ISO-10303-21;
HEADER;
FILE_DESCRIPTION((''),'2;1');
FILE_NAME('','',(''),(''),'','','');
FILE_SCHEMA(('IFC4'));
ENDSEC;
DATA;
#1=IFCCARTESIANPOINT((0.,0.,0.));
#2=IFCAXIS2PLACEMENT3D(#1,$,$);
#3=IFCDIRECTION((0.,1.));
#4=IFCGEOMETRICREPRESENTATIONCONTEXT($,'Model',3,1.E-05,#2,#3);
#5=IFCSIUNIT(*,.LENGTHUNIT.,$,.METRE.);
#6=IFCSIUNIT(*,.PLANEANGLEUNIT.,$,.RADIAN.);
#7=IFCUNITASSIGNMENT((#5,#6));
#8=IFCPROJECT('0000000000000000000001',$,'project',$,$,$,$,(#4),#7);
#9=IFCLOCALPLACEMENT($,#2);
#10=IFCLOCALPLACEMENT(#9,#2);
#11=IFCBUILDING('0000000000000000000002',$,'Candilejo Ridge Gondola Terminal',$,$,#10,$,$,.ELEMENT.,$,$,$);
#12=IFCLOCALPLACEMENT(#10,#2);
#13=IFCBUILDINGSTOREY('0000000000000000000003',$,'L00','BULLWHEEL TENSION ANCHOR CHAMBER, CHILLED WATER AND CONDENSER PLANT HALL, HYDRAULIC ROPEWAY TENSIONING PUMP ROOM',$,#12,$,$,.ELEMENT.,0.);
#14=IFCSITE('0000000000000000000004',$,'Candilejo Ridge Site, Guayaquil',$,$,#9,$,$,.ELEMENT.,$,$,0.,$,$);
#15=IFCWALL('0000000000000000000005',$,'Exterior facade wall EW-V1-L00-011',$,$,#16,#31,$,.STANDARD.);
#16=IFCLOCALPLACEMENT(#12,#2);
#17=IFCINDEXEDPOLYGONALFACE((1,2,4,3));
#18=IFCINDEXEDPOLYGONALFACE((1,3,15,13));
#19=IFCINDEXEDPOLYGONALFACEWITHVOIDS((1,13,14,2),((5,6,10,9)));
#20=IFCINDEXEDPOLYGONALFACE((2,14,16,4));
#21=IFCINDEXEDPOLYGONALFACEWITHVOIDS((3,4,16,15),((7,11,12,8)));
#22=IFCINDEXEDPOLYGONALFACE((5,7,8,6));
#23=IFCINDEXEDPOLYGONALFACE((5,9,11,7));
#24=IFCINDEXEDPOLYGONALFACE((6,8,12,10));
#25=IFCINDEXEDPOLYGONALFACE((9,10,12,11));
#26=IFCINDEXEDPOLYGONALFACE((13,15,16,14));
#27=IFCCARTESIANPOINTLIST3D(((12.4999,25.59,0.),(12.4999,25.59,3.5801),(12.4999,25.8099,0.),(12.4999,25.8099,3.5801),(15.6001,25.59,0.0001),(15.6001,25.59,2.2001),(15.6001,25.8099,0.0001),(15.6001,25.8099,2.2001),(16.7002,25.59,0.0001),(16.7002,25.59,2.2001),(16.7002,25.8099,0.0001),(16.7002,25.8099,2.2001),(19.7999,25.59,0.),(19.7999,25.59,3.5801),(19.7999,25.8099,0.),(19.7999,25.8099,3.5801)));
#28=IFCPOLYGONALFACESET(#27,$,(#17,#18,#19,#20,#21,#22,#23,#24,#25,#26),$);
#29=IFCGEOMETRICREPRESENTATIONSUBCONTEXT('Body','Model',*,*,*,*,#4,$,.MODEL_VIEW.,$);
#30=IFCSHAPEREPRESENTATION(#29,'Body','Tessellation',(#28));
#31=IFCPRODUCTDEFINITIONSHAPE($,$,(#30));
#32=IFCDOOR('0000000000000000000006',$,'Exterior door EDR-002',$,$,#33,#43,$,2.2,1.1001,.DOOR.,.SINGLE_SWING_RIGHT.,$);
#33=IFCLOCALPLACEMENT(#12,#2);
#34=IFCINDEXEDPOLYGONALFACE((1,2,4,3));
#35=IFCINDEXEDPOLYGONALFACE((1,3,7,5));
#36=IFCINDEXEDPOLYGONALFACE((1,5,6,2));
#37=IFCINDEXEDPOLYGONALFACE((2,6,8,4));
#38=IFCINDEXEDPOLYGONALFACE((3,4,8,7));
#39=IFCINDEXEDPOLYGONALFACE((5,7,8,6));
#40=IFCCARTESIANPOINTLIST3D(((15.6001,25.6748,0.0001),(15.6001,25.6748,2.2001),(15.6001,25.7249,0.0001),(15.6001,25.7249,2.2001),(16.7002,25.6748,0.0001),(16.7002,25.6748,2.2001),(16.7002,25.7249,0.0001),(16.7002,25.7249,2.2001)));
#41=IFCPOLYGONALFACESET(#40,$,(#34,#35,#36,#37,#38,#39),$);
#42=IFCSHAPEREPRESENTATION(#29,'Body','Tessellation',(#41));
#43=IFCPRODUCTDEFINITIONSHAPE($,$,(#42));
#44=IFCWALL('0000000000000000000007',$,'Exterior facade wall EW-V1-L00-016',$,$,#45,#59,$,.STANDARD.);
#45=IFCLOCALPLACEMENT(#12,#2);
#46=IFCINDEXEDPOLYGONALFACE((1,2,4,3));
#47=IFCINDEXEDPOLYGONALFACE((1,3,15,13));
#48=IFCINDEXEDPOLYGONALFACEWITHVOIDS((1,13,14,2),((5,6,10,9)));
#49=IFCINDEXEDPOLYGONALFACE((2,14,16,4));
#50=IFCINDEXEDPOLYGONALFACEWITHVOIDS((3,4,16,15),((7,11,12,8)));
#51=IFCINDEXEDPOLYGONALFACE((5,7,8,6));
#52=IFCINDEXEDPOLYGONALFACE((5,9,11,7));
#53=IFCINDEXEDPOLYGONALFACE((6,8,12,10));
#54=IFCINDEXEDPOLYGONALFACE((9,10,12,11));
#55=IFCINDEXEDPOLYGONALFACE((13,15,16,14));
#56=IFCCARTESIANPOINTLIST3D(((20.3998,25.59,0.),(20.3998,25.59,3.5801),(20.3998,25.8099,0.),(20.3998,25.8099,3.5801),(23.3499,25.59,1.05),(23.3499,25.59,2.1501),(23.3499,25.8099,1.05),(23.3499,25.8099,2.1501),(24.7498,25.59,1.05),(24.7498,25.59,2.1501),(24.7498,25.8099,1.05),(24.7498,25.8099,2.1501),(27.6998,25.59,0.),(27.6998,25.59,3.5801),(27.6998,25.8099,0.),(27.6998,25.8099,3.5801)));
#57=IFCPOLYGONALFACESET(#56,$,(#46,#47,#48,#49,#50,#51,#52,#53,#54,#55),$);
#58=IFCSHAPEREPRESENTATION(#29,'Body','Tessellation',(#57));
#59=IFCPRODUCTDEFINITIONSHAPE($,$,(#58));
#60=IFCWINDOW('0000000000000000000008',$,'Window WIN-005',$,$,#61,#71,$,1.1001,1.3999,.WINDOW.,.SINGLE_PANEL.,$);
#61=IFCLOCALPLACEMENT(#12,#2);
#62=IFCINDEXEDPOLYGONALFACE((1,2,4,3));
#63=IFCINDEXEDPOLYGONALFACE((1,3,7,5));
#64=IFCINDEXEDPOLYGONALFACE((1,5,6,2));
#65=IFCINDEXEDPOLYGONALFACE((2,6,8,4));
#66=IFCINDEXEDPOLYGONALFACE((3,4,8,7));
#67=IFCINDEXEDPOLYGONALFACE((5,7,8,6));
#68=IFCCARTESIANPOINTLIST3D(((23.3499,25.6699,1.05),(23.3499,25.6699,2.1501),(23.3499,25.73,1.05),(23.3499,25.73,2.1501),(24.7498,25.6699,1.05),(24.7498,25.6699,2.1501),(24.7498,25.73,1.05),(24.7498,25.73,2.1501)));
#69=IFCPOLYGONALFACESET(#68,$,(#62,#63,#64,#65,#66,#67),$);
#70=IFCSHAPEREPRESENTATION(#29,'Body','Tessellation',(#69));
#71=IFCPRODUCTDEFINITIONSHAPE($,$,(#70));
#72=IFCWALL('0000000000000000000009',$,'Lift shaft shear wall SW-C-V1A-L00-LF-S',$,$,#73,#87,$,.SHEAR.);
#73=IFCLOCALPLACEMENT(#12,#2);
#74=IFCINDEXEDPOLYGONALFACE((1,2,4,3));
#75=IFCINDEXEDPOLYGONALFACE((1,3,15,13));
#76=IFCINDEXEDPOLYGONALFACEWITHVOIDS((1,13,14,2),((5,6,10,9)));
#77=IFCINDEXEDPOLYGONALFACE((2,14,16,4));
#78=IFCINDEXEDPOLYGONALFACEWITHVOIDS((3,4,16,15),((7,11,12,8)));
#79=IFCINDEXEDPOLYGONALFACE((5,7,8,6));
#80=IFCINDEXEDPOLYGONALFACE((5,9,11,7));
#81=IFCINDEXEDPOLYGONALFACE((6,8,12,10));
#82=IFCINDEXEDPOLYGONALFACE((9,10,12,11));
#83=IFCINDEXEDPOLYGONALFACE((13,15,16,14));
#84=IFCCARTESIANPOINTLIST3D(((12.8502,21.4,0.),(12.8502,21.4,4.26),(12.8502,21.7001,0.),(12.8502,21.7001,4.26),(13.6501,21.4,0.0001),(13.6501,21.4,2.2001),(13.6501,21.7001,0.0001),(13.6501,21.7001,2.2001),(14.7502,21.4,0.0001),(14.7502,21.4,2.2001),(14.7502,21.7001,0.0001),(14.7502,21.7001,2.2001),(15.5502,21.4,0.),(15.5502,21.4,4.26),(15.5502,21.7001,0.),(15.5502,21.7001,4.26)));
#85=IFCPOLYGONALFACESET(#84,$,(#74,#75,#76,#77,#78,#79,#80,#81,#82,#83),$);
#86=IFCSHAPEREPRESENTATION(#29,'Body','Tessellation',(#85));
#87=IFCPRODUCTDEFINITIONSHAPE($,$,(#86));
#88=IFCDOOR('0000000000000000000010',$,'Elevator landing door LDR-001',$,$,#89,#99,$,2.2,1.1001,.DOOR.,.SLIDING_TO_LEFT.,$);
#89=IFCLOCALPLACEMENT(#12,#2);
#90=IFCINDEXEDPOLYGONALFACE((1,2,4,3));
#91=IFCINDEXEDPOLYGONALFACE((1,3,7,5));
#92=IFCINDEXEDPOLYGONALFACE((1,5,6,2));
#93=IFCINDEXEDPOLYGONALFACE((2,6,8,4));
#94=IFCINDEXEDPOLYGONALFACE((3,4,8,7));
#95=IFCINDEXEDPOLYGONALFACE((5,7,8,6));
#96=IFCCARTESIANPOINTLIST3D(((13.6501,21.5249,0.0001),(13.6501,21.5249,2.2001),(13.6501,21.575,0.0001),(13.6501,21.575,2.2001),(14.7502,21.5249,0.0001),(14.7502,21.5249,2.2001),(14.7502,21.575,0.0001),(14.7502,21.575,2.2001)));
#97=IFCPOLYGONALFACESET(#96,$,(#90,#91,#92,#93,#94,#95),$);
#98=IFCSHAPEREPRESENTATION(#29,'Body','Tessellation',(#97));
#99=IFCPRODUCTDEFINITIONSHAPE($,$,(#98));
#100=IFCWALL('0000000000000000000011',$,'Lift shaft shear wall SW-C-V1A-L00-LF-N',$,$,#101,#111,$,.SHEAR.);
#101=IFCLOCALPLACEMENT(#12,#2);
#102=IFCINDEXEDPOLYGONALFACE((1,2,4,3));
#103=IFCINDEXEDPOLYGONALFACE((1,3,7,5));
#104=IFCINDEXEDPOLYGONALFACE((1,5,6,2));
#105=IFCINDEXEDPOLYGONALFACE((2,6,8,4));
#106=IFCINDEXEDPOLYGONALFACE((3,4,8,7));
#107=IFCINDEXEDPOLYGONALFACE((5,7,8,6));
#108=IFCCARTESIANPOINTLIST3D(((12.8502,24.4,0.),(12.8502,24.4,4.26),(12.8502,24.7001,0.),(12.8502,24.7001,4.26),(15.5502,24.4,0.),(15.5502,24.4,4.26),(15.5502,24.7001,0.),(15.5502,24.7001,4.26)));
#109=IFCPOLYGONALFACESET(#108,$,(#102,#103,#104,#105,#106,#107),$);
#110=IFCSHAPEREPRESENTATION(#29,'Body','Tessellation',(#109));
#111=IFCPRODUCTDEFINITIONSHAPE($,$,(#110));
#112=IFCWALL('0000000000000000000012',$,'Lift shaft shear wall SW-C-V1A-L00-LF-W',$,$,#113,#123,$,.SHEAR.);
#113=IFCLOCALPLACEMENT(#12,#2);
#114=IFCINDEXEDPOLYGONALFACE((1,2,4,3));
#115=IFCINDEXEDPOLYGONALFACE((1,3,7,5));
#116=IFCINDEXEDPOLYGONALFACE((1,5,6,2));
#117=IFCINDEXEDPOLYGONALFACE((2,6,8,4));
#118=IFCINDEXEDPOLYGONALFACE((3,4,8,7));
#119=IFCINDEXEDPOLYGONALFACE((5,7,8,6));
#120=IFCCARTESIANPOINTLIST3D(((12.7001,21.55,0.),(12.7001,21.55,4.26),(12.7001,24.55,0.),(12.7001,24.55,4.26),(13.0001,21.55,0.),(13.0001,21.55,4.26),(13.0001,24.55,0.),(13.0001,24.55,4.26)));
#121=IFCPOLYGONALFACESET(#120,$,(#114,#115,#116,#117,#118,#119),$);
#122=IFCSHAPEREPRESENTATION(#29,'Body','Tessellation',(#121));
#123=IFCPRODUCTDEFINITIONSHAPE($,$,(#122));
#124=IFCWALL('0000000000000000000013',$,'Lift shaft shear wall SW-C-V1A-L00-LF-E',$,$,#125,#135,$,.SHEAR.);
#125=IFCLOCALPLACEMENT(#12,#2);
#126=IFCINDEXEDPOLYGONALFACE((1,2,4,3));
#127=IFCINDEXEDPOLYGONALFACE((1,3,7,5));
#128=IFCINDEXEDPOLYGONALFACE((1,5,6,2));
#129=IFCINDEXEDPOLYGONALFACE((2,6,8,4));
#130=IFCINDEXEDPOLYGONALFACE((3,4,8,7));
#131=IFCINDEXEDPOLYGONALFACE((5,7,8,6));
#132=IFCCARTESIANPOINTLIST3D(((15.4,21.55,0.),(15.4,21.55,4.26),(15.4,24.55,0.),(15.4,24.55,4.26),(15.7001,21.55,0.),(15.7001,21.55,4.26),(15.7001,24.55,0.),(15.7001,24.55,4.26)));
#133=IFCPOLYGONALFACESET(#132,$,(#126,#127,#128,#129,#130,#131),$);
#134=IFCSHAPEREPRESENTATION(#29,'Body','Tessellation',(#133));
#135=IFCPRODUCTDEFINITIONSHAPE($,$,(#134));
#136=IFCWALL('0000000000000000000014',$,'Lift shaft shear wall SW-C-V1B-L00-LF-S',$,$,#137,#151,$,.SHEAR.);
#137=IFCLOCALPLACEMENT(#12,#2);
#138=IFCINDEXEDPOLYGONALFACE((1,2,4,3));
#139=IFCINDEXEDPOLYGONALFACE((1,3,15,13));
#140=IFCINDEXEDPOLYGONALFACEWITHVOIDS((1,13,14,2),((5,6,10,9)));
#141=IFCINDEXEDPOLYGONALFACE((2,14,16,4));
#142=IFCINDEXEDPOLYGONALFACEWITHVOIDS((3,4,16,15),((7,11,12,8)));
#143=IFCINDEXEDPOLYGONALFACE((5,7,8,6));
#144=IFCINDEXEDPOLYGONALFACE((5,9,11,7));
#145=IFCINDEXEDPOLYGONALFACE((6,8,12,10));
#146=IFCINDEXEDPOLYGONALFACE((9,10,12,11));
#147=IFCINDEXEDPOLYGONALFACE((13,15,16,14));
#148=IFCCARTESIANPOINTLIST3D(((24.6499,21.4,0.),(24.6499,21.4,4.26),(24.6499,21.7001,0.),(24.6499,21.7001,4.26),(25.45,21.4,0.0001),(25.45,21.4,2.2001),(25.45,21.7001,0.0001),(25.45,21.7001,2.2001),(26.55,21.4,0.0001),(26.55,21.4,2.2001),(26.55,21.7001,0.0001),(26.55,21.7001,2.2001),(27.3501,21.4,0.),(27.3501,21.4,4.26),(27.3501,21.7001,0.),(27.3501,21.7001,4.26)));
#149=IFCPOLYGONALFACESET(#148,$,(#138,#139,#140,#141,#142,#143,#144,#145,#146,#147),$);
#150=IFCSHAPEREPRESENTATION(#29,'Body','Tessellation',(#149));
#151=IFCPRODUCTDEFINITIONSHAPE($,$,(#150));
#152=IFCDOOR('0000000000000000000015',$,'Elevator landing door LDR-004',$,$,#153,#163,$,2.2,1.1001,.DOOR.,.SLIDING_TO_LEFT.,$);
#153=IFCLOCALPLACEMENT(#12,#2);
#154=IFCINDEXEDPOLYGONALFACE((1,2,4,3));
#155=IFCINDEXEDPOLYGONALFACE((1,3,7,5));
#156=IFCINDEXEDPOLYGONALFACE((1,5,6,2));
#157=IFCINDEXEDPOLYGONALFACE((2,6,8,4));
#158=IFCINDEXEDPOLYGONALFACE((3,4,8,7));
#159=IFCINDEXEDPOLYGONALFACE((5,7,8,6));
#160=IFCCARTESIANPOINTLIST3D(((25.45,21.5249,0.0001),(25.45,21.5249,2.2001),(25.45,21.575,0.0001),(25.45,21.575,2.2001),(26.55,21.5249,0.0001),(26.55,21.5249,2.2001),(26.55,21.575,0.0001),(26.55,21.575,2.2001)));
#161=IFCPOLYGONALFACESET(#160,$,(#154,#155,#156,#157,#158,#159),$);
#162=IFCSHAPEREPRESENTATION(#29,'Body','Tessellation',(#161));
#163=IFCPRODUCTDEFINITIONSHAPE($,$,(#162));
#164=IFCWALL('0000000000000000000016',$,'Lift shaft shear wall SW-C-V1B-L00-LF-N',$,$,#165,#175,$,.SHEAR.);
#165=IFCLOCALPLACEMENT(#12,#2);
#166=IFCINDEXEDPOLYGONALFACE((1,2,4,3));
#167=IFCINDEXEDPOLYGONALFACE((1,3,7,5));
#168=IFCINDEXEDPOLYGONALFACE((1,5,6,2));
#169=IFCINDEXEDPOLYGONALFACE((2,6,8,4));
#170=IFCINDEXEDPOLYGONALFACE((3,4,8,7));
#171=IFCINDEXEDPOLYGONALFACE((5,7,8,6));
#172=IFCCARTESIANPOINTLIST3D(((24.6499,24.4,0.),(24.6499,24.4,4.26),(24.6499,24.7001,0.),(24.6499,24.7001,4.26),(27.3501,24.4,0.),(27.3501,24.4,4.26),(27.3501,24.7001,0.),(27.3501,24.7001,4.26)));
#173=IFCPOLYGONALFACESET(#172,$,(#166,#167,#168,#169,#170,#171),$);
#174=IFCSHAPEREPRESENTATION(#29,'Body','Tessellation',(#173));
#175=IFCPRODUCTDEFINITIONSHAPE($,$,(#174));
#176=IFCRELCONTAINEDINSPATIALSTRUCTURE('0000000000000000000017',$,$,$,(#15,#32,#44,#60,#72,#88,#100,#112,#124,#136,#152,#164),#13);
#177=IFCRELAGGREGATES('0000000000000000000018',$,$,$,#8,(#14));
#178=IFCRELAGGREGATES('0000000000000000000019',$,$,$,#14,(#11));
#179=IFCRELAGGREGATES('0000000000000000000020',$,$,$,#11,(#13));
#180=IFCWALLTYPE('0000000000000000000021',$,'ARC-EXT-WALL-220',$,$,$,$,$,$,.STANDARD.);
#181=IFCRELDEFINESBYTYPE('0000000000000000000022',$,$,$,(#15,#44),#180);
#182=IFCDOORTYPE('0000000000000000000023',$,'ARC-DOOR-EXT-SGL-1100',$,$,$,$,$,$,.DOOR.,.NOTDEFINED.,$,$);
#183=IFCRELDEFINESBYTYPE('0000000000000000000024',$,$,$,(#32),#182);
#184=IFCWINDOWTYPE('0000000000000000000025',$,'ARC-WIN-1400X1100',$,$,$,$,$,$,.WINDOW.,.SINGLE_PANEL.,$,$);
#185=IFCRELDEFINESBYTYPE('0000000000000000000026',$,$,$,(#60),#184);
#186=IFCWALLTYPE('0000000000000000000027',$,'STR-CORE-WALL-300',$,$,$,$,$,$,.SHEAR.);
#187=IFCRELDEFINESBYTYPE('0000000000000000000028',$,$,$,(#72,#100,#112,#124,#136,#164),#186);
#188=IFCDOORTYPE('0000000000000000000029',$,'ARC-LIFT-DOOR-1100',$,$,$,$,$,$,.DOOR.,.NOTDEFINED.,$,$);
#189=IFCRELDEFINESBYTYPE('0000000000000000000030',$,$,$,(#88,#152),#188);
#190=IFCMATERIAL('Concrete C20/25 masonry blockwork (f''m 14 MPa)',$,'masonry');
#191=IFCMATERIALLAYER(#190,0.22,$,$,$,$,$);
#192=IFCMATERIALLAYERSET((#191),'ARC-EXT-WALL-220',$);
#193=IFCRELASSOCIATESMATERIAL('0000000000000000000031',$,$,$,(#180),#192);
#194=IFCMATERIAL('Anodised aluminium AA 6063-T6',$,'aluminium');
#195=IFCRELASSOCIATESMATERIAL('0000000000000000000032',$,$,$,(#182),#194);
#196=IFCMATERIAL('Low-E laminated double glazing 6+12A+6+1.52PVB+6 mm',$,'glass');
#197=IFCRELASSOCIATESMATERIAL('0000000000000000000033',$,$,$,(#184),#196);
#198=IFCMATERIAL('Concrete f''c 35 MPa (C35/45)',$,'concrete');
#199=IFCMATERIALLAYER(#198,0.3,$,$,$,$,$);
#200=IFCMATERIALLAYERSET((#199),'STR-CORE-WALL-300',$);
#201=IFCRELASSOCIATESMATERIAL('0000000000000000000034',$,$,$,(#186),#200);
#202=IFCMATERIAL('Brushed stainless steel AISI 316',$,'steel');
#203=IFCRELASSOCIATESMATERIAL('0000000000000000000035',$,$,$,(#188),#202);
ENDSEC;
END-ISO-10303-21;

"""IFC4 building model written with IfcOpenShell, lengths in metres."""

from ifc_helpers import new_model, si_unit, direction, frame, frame_2d, origin, place, context, subcontext, project, spatial, rectangle, extrude, material, layer, layer_set, type_object, element, fill, save


model = new_model("IFC4")

# Units and contexts
model_context = context("Model", 3, precision=1e-05, world=origin(), true_north=direction((0.0, 1.0)))
body_context = subcontext(model_context, "Body", "Model", "MODEL_VIEW")
ifc_project = project(units=[si_unit("LENGTHUNIT", "METRE"), si_unit("PLANEANGLEUNIT", "RADIAN")], contexts=[model_context])

# Site, building, storey
site_placement = place(None, origin())
site = spatial("IfcSite", under=ifc_project, at=site_placement, Name="Candilejo Ridge Site, Guayaquil", CompositionType="ELEMENT", RefElevation=0.0)
building_placement = place(site_placement, origin())
building = spatial("IfcBuilding", under=site, at=building_placement, Name="Candilejo Ridge Gondola Terminal", CompositionType="ELEMENT")
storey_placement = place(building_placement, origin())
storey = spatial("IfcBuildingStorey", under=building, at=storey_placement, Name="L00", Description="BULLWHEEL TENSION ANCHOR CHAMBER, CHILLED WATER AND CONDENSER PLANT HALL, HYDRAULIC ROPEWAY TENSIONING PUMP ROOM", CompositionType="ELEMENT", Elevation=0.0)

# Wall, opening, door
ifc_material_1 = material(Name="Concrete C20/25 masonry blockwork (f'm 14 MPa)", Category="masonry")
ifc_layer_1 = layer(ifc_material_1, 0.22)
ifc_layer_set_1 = layer_set([ifc_layer_1], Name="ARC-EXT-WALL-220")
wall_type_1 = type_object("IfcWallType", Name="ARC-EXT-WALL-220", PredefinedType="STANDARD", material=ifc_layer_set_1)
wall_1_placement = place(storey_placement, frame((12.5, 25.7, 0.0), z_axis=(0.0, 0.0, 1.0), x_axis=(1.0, 0.0, 0.0)))
wall_1 = element("IfcWall", 1, at=wall_1_placement, inside=storey, type_object=wall_type_1, Name="Exterior facade wall EW-V1-L00-011", PredefinedType="STANDARD", context=body_context, shape_type="SweptSolid", body=[
    extrude(rectangle(XDim=7.3, YDim=0.22, at=frame_2d((3.6499, 0.0))), origin(), (0.0, 0.0, 1.0), 3.5801),
])
opening_1_placement = place(wall_1_placement, frame((3.1001, 0.0, 0.0)))
opening_1 = element("IfcOpeningElement", 2, at=opening_1_placement, cuts=wall_1, PredefinedType="OPENING", context=body_context, shape_type="SweptSolid", body=[
    extrude(rectangle(XDim=1.1001, YDim=2.2, at=frame_2d((0.55, 1.1001))), frame((0.0, 0.1199, 0.0), z_axis=(0.0, -1.0, 0.0), x_axis=(1.0, 0.0, 0.0)), (0.0, 0.0, 1.0), 0.24),
])
ifc_material_2 = material(Name="Anodised aluminium AA 6063-T6", Category="aluminium")
door_type_1 = type_object("IfcDoorType", Name="ARC-DOOR-EXT-SGL-1100", OperationType="NOTDEFINED", PredefinedType="DOOR", material=ifc_material_2)
door_1_placement = place(opening_1_placement, origin())
door_1 = element("IfcDoor", 3, at=door_1_placement, inside=storey, type_object=door_type_1, Name="Exterior door EDR-002", OperationType="SINGLE_SWING_RIGHT", OverallHeight=2.2, OverallWidth=1.1001, PredefinedType="DOOR", context=body_context, shape_type="SweptSolid", body=[
    extrude(rectangle(XDim=1.1001, YDim=2.2, at=frame_2d((0.55, 1.1001))), frame((0.0, 0.0249, 0.0), z_axis=(0.0, -1.0, 0.0), x_axis=(1.0, 0.0, 0.0)), (0.0, 0.0, 1.0), 0.05),
])
fill(opening_1, door_1)

# Wall, opening, window
wall_2_placement = place(storey_placement, frame((20.3999, 25.7, 0.0), z_axis=(0.0, 0.0, 1.0), x_axis=(1.0, 0.0, 0.0)))
wall_2 = element("IfcWall", 4, at=wall_2_placement, inside=storey, type_object=wall_type_1, Name="Exterior facade wall EW-V1-L00-016", PredefinedType="STANDARD", context=body_context, shape_type="SweptSolid", body=[
    extrude(rectangle(XDim=7.3, YDim=0.22, at=frame_2d((3.6499, 0.0))), origin(), (0.0, 0.0, 1.0), 3.5801),
])
opening_2_placement = place(wall_2_placement, frame((2.95, 0.0, 1.05)))
opening_2 = element("IfcOpeningElement", 5, at=opening_2_placement, cuts=wall_2, PredefinedType="OPENING", context=body_context, shape_type="SweptSolid", body=[
    extrude(rectangle(XDim=1.3999, YDim=1.1001, at=frame_2d((0.7, 0.55))), frame((0.0, 0.1199, 0.0), z_axis=(0.0, -1.0, 0.0), x_axis=(1.0, 0.0, 0.0)), (0.0, 0.0, 1.0), 0.24),
])
ifc_material_3 = material(Name="Low-E laminated double glazing 6+12A+6+1.52PVB+6 mm", Category="glass")
window_type = type_object("IfcWindowType", Name="ARC-WIN-1400X1100", PartitioningType="SINGLE_PANEL", PredefinedType="WINDOW", material=ifc_material_3)
window_placement = place(opening_2_placement, origin())
window = element("IfcWindow", 6, at=window_placement, inside=storey, type_object=window_type, Name="Window WIN-005", OverallHeight=1.1001, OverallWidth=1.3999, PartitioningType="SINGLE_PANEL", PredefinedType="WINDOW", context=body_context, shape_type="SweptSolid", body=[
    extrude(rectangle(XDim=1.3999, YDim=1.1001, at=frame_2d((0.7, 0.55))), frame((0.0, 0.03, 0.0), z_axis=(0.0, -1.0, 0.0), x_axis=(1.0, 0.0, 0.0)), (0.0, 0.0, 1.0), 0.0601),
])
fill(opening_2, window)

# Wall, opening, door
ifc_material_4 = material(Name="Concrete f'c 35 MPa (C35/45)", Category="concrete")
ifc_layer_2 = layer(ifc_material_4, 0.3)
ifc_layer_set_2 = layer_set([ifc_layer_2], Name="STR-CORE-WALL-300")
wall_type_2 = type_object("IfcWallType", Name="STR-CORE-WALL-300", PredefinedType="SHEAR", material=ifc_layer_set_2)
wall_3_placement = place(storey_placement, frame((12.8501, 21.55, 0.0), z_axis=(0.0, 0.0, 1.0), x_axis=(1.0, 0.0, 0.0)))
wall_3 = element("IfcWall", 7, at=wall_3_placement, inside=storey, type_object=wall_type_2, Name="Lift shaft shear wall SW-C-V1A-L00-LF-S", PredefinedType="SHEAR", context=body_context, shape_type="SweptSolid", body=[
    extrude(rectangle(XDim=2.7, YDim=0.3, at=frame_2d((1.3501, 0.0))), origin(), (0.0, 0.0, 1.0), 4.26),
])
opening_3_placement = place(wall_3_placement, frame((0.8, 0.0, 0.0)))
opening_3 = element("IfcOpeningElement", 8, at=opening_3_placement, cuts=wall_3, PredefinedType="OPENING", context=body_context, shape_type="SweptSolid", body=[
    extrude(rectangle(XDim=1.1001, YDim=2.2, at=frame_2d((0.55, 1.1001))), frame((0.0, 0.1599, 0.0), z_axis=(0.0, -1.0, 0.0), x_axis=(1.0, 0.0, 0.0)), (0.0, 0.0, 1.0), 0.3201),
])
ifc_material_5 = material(Name="Brushed stainless steel AISI 316", Category="steel")
door_type_2 = type_object("IfcDoorType", Name="ARC-LIFT-DOOR-1100", OperationType="NOTDEFINED", PredefinedType="DOOR", material=ifc_material_5)
door_2_placement = place(opening_3_placement, origin())
door_2 = element("IfcDoor", 9, at=door_2_placement, inside=storey, type_object=door_type_2, Name="Elevator landing door LDR-001", OperationType="SLIDING_TO_LEFT", OverallHeight=2.2, OverallWidth=1.1001, PredefinedType="DOOR", context=body_context, shape_type="SweptSolid", body=[
    extrude(rectangle(XDim=1.1001, YDim=2.2, at=frame_2d((0.55, 1.1001))), frame((0.0, 0.0249, 0.0), z_axis=(0.0, -1.0, 0.0), x_axis=(1.0, 0.0, 0.0)), (0.0, 0.0, 1.0), 0.05),
])
fill(opening_3, door_2)

# Walls
wall_4_placement = place(storey_placement, frame((12.8501, 24.55, 0.0), z_axis=(0.0, 0.0, 1.0), x_axis=(1.0, 0.0, 0.0)))
element("IfcWall", 10, at=wall_4_placement, inside=storey, type_object=wall_type_2, Name="Lift shaft shear wall SW-C-V1A-L00-LF-N", PredefinedType="SHEAR", context=body_context, shape_type="SweptSolid", body=[
    extrude(rectangle(XDim=2.7, YDim=0.3, at=frame_2d((1.3501, 0.0))), origin(), (0.0, 0.0, 1.0), 4.26),
])
for number, where, z_axis, x_axis, name in (
    (11, (12.8501, 21.55, 0.0), (0.0, 0.0, 1.0), (0.0, 1.0, 0.0), "Lift shaft shear wall SW-C-V1A-L00-LF-W"),
    (12, (15.55, 21.55, 0.0), (0.0, 0.0, 1.0), (0.0, 1.0, 0.0), "Lift shaft shear wall SW-C-V1A-L00-LF-E"),
):
    element("IfcWall", number, at=place(storey_placement, frame(where, z_axis=z_axis, x_axis=x_axis)), inside=storey, type_object=wall_type_2, Name=name, PredefinedType="SHEAR", context=body_context, shape_type="SweptSolid", body=[
        extrude(rectangle(XDim=3.0, YDim=0.3, at=frame_2d((1.5, 0.0))), origin(), (0.0, 0.0, 1.0), 4.26),
    ])

# Wall, opening, door
wall_5_placement = place(storey_placement, frame((24.6499, 21.55, 0.0), z_axis=(0.0, 0.0, 1.0), x_axis=(1.0, 0.0, 0.0)))
wall_5 = element("IfcWall", 13, at=wall_5_placement, inside=storey, type_object=wall_type_2, Name="Lift shaft shear wall SW-C-V1B-L00-LF-S", PredefinedType="SHEAR", context=body_context, shape_type="SweptSolid", body=[
    extrude(rectangle(XDim=2.7002, YDim=0.3, at=frame_2d((1.3501, 0.0))), origin(), (0.0, 0.0, 1.0), 4.26),
])
opening_4_placement = place(wall_5_placement, frame((0.8, 0.0, 0.0)))
opening_4 = element("IfcOpeningElement", 14, at=opening_4_placement, cuts=wall_5, PredefinedType="OPENING", context=body_context, shape_type="SweptSolid", body=[
    extrude(rectangle(XDim=1.1001, YDim=2.2, at=frame_2d((0.55, 1.1001))), frame((0.0, 0.1599, 0.0), z_axis=(0.0, -1.0, 0.0), x_axis=(1.0, 0.0, 0.0)), (0.0, 0.0, 1.0), 0.3201),
])
door_3_placement = place(opening_4_placement, origin())
door_3 = element("IfcDoor", 15, at=door_3_placement, inside=storey, type_object=door_type_2, Name="Elevator landing door LDR-004", OperationType="SLIDING_TO_LEFT", OverallHeight=2.2, OverallWidth=1.1001, PredefinedType="DOOR", context=body_context, shape_type="SweptSolid", body=[
    extrude(rectangle(XDim=1.1001, YDim=2.2, at=frame_2d((0.55, 1.1001))), frame((0.0, 0.0249, 0.0), z_axis=(0.0, -1.0, 0.0), x_axis=(1.0, 0.0, 0.0)), (0.0, 0.0, 1.0), 0.05),
])
fill(opening_4, door_3)

# Wall
wall_6_placement = place(storey_placement, frame((24.6499, 24.55, 0.0), z_axis=(0.0, 0.0, 1.0), x_axis=(1.0, 0.0, 0.0)))
element("IfcWall", 16, at=wall_6_placement, inside=storey, type_object=wall_type_2, Name="Lift shaft shear wall SW-C-V1B-L00-LF-N", PredefinedType="SHEAR", context=body_context, shape_type="SweptSolid", body=[
    extrude(rectangle(XDim=2.7002, YDim=0.3, at=frame_2d((1.3501, 0.0))), origin(), (0.0, 0.0, 1.0), 4.26),
])

save(model, "model.ifc")
